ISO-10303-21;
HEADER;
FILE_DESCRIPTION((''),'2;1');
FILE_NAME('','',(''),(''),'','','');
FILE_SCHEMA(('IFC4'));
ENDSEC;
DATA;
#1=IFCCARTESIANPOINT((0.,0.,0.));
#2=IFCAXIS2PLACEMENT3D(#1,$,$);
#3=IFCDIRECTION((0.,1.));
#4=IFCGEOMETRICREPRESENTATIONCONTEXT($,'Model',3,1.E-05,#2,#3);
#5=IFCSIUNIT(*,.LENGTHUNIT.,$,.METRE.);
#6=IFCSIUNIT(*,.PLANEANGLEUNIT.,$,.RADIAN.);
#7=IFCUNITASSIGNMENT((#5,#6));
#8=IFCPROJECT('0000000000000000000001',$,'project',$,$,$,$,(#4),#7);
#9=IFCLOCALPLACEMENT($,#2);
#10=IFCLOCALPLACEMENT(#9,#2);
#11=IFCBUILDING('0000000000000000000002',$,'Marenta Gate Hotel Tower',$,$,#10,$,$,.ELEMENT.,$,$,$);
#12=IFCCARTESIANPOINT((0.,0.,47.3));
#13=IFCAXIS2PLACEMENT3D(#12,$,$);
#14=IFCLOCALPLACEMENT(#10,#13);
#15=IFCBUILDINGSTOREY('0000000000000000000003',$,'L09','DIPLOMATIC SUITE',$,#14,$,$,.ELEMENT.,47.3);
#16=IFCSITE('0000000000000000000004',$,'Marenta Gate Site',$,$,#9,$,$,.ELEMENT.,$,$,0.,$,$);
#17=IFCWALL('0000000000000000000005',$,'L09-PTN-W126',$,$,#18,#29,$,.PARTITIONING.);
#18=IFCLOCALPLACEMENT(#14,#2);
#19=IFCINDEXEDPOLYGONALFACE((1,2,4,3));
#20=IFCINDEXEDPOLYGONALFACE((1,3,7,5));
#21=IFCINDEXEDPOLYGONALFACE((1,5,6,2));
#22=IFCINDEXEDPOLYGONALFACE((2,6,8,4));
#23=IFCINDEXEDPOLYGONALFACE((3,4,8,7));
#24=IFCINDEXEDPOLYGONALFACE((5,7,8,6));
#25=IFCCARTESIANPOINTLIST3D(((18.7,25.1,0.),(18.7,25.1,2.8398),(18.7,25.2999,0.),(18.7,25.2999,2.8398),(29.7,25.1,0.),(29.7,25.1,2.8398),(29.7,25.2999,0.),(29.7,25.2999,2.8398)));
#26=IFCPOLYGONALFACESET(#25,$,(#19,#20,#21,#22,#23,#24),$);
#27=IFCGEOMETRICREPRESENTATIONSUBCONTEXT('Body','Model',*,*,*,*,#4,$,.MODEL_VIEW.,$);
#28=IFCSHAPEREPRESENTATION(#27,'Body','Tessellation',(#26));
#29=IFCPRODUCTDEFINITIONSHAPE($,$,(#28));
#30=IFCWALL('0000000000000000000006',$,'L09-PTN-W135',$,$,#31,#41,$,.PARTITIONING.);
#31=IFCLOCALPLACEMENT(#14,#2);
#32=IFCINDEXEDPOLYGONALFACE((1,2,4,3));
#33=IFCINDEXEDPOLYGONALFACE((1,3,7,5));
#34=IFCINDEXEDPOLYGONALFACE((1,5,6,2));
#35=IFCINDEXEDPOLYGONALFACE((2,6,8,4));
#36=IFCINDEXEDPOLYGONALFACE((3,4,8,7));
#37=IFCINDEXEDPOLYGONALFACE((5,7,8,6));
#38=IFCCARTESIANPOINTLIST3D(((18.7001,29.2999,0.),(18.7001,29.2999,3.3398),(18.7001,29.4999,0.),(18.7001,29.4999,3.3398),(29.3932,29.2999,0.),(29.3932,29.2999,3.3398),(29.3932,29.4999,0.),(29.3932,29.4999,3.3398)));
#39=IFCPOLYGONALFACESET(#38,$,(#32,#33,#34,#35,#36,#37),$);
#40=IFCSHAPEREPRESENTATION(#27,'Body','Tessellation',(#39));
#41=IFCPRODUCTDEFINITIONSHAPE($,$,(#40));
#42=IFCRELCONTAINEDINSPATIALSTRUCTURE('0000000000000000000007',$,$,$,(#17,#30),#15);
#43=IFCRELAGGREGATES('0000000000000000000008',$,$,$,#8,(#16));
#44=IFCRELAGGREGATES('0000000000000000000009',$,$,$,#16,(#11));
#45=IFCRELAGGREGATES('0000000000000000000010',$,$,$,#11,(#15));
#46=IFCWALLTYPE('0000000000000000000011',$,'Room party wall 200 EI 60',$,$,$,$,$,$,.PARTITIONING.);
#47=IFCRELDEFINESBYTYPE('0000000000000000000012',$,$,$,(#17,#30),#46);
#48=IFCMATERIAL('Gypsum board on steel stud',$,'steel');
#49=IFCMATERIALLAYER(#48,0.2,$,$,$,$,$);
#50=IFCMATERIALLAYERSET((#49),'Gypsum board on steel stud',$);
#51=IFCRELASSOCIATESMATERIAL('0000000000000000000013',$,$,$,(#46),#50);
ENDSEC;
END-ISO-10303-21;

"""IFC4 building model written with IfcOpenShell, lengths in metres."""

from ifc_helpers import new_model, si_unit, direction, frame, frame_2d, origin, place, context, subcontext, project, spatial, rectangle, extrude, material, layer, layer_set, type_object, element, save


model = new_model("IFC4")

# Units and contexts
model_context = context("Model", 3, precision=1e-05, world=origin(), true_north=direction((0.0, 1.0)))
body_context = subcontext(model_context, "Body", "Model", "MODEL_VIEW")
ifc_project = project(units=[si_unit("LENGTHUNIT", "METRE"), si_unit("PLANEANGLEUNIT", "RADIAN")], contexts=[model_context])

# Site, building, storey
site_placement = place(None, origin())
site = spatial("IfcSite", under=ifc_project, at=site_placement, Name="Marenta Gate Site", CompositionType="ELEMENT", RefElevation=0.0)
building_placement = place(site_placement, origin())
building = spatial("IfcBuilding", under=site, at=building_placement, Name="Marenta Gate Hotel Tower", CompositionType="ELEMENT")
storey_placement = place(building_placement, frame((0.0, 0.0, 47.3)))
storey = spatial("IfcBuildingStorey", under=building, at=storey_placement, Name="L09", Description="DIPLOMATIC SUITE", CompositionType="ELEMENT", Elevation=47.3)

# Walls
ifc_material_1 = material(Name="Gypsum board on steel stud", Category="steel")
ifc_layer_1 = layer(ifc_material_1, 0.2)
ifc_layer_set_1 = layer_set([ifc_layer_1], Name="Gypsum board on steel stud")
wall_type_1 = type_object("IfcWallType", Name="Room party wall 200 EI 60", PredefinedType="PARTITIONING", material=ifc_layer_set_1)
wall_1_placement = place(storey_placement, frame((18.7, 25.2, 0.0), z_axis=(0.0, 0.0, 1.0), x_axis=(1.0, 0.0, 0.0)))
element("IfcWall", 1, at=wall_1_placement, inside=storey, type_object=wall_type_1, Name="L09-PTN-W126", PredefinedType="PARTITIONING", context=body_context, shape_type="SweptSolid", body=[
    extrude(rectangle(XDim=11.0, YDim=0.2, at=frame_2d((5.5, 0.0))), origin(), (0.0, 0.0, 1.0), 2.8398),
])
wall_2_placement = place(storey_placement, frame((18.7, 29.3999, 0.0), z_axis=(0.0, 0.0, 1.0), x_axis=(1.0, 0.0, 0.0)))
element("IfcWall", 2, at=wall_2_placement, inside=storey, type_object=wall_type_1, Name="L09-PTN-W135", PredefinedType="PARTITIONING", context=body_context, shape_type="SweptSolid", body=[
    extrude(rectangle(XDim=10.6931, YDim=0.2, at=frame_2d((5.3467, 0.0))), origin(), (0.0, 0.0, 1.0), 3.3398),
])

save(model, "model.ifc")
